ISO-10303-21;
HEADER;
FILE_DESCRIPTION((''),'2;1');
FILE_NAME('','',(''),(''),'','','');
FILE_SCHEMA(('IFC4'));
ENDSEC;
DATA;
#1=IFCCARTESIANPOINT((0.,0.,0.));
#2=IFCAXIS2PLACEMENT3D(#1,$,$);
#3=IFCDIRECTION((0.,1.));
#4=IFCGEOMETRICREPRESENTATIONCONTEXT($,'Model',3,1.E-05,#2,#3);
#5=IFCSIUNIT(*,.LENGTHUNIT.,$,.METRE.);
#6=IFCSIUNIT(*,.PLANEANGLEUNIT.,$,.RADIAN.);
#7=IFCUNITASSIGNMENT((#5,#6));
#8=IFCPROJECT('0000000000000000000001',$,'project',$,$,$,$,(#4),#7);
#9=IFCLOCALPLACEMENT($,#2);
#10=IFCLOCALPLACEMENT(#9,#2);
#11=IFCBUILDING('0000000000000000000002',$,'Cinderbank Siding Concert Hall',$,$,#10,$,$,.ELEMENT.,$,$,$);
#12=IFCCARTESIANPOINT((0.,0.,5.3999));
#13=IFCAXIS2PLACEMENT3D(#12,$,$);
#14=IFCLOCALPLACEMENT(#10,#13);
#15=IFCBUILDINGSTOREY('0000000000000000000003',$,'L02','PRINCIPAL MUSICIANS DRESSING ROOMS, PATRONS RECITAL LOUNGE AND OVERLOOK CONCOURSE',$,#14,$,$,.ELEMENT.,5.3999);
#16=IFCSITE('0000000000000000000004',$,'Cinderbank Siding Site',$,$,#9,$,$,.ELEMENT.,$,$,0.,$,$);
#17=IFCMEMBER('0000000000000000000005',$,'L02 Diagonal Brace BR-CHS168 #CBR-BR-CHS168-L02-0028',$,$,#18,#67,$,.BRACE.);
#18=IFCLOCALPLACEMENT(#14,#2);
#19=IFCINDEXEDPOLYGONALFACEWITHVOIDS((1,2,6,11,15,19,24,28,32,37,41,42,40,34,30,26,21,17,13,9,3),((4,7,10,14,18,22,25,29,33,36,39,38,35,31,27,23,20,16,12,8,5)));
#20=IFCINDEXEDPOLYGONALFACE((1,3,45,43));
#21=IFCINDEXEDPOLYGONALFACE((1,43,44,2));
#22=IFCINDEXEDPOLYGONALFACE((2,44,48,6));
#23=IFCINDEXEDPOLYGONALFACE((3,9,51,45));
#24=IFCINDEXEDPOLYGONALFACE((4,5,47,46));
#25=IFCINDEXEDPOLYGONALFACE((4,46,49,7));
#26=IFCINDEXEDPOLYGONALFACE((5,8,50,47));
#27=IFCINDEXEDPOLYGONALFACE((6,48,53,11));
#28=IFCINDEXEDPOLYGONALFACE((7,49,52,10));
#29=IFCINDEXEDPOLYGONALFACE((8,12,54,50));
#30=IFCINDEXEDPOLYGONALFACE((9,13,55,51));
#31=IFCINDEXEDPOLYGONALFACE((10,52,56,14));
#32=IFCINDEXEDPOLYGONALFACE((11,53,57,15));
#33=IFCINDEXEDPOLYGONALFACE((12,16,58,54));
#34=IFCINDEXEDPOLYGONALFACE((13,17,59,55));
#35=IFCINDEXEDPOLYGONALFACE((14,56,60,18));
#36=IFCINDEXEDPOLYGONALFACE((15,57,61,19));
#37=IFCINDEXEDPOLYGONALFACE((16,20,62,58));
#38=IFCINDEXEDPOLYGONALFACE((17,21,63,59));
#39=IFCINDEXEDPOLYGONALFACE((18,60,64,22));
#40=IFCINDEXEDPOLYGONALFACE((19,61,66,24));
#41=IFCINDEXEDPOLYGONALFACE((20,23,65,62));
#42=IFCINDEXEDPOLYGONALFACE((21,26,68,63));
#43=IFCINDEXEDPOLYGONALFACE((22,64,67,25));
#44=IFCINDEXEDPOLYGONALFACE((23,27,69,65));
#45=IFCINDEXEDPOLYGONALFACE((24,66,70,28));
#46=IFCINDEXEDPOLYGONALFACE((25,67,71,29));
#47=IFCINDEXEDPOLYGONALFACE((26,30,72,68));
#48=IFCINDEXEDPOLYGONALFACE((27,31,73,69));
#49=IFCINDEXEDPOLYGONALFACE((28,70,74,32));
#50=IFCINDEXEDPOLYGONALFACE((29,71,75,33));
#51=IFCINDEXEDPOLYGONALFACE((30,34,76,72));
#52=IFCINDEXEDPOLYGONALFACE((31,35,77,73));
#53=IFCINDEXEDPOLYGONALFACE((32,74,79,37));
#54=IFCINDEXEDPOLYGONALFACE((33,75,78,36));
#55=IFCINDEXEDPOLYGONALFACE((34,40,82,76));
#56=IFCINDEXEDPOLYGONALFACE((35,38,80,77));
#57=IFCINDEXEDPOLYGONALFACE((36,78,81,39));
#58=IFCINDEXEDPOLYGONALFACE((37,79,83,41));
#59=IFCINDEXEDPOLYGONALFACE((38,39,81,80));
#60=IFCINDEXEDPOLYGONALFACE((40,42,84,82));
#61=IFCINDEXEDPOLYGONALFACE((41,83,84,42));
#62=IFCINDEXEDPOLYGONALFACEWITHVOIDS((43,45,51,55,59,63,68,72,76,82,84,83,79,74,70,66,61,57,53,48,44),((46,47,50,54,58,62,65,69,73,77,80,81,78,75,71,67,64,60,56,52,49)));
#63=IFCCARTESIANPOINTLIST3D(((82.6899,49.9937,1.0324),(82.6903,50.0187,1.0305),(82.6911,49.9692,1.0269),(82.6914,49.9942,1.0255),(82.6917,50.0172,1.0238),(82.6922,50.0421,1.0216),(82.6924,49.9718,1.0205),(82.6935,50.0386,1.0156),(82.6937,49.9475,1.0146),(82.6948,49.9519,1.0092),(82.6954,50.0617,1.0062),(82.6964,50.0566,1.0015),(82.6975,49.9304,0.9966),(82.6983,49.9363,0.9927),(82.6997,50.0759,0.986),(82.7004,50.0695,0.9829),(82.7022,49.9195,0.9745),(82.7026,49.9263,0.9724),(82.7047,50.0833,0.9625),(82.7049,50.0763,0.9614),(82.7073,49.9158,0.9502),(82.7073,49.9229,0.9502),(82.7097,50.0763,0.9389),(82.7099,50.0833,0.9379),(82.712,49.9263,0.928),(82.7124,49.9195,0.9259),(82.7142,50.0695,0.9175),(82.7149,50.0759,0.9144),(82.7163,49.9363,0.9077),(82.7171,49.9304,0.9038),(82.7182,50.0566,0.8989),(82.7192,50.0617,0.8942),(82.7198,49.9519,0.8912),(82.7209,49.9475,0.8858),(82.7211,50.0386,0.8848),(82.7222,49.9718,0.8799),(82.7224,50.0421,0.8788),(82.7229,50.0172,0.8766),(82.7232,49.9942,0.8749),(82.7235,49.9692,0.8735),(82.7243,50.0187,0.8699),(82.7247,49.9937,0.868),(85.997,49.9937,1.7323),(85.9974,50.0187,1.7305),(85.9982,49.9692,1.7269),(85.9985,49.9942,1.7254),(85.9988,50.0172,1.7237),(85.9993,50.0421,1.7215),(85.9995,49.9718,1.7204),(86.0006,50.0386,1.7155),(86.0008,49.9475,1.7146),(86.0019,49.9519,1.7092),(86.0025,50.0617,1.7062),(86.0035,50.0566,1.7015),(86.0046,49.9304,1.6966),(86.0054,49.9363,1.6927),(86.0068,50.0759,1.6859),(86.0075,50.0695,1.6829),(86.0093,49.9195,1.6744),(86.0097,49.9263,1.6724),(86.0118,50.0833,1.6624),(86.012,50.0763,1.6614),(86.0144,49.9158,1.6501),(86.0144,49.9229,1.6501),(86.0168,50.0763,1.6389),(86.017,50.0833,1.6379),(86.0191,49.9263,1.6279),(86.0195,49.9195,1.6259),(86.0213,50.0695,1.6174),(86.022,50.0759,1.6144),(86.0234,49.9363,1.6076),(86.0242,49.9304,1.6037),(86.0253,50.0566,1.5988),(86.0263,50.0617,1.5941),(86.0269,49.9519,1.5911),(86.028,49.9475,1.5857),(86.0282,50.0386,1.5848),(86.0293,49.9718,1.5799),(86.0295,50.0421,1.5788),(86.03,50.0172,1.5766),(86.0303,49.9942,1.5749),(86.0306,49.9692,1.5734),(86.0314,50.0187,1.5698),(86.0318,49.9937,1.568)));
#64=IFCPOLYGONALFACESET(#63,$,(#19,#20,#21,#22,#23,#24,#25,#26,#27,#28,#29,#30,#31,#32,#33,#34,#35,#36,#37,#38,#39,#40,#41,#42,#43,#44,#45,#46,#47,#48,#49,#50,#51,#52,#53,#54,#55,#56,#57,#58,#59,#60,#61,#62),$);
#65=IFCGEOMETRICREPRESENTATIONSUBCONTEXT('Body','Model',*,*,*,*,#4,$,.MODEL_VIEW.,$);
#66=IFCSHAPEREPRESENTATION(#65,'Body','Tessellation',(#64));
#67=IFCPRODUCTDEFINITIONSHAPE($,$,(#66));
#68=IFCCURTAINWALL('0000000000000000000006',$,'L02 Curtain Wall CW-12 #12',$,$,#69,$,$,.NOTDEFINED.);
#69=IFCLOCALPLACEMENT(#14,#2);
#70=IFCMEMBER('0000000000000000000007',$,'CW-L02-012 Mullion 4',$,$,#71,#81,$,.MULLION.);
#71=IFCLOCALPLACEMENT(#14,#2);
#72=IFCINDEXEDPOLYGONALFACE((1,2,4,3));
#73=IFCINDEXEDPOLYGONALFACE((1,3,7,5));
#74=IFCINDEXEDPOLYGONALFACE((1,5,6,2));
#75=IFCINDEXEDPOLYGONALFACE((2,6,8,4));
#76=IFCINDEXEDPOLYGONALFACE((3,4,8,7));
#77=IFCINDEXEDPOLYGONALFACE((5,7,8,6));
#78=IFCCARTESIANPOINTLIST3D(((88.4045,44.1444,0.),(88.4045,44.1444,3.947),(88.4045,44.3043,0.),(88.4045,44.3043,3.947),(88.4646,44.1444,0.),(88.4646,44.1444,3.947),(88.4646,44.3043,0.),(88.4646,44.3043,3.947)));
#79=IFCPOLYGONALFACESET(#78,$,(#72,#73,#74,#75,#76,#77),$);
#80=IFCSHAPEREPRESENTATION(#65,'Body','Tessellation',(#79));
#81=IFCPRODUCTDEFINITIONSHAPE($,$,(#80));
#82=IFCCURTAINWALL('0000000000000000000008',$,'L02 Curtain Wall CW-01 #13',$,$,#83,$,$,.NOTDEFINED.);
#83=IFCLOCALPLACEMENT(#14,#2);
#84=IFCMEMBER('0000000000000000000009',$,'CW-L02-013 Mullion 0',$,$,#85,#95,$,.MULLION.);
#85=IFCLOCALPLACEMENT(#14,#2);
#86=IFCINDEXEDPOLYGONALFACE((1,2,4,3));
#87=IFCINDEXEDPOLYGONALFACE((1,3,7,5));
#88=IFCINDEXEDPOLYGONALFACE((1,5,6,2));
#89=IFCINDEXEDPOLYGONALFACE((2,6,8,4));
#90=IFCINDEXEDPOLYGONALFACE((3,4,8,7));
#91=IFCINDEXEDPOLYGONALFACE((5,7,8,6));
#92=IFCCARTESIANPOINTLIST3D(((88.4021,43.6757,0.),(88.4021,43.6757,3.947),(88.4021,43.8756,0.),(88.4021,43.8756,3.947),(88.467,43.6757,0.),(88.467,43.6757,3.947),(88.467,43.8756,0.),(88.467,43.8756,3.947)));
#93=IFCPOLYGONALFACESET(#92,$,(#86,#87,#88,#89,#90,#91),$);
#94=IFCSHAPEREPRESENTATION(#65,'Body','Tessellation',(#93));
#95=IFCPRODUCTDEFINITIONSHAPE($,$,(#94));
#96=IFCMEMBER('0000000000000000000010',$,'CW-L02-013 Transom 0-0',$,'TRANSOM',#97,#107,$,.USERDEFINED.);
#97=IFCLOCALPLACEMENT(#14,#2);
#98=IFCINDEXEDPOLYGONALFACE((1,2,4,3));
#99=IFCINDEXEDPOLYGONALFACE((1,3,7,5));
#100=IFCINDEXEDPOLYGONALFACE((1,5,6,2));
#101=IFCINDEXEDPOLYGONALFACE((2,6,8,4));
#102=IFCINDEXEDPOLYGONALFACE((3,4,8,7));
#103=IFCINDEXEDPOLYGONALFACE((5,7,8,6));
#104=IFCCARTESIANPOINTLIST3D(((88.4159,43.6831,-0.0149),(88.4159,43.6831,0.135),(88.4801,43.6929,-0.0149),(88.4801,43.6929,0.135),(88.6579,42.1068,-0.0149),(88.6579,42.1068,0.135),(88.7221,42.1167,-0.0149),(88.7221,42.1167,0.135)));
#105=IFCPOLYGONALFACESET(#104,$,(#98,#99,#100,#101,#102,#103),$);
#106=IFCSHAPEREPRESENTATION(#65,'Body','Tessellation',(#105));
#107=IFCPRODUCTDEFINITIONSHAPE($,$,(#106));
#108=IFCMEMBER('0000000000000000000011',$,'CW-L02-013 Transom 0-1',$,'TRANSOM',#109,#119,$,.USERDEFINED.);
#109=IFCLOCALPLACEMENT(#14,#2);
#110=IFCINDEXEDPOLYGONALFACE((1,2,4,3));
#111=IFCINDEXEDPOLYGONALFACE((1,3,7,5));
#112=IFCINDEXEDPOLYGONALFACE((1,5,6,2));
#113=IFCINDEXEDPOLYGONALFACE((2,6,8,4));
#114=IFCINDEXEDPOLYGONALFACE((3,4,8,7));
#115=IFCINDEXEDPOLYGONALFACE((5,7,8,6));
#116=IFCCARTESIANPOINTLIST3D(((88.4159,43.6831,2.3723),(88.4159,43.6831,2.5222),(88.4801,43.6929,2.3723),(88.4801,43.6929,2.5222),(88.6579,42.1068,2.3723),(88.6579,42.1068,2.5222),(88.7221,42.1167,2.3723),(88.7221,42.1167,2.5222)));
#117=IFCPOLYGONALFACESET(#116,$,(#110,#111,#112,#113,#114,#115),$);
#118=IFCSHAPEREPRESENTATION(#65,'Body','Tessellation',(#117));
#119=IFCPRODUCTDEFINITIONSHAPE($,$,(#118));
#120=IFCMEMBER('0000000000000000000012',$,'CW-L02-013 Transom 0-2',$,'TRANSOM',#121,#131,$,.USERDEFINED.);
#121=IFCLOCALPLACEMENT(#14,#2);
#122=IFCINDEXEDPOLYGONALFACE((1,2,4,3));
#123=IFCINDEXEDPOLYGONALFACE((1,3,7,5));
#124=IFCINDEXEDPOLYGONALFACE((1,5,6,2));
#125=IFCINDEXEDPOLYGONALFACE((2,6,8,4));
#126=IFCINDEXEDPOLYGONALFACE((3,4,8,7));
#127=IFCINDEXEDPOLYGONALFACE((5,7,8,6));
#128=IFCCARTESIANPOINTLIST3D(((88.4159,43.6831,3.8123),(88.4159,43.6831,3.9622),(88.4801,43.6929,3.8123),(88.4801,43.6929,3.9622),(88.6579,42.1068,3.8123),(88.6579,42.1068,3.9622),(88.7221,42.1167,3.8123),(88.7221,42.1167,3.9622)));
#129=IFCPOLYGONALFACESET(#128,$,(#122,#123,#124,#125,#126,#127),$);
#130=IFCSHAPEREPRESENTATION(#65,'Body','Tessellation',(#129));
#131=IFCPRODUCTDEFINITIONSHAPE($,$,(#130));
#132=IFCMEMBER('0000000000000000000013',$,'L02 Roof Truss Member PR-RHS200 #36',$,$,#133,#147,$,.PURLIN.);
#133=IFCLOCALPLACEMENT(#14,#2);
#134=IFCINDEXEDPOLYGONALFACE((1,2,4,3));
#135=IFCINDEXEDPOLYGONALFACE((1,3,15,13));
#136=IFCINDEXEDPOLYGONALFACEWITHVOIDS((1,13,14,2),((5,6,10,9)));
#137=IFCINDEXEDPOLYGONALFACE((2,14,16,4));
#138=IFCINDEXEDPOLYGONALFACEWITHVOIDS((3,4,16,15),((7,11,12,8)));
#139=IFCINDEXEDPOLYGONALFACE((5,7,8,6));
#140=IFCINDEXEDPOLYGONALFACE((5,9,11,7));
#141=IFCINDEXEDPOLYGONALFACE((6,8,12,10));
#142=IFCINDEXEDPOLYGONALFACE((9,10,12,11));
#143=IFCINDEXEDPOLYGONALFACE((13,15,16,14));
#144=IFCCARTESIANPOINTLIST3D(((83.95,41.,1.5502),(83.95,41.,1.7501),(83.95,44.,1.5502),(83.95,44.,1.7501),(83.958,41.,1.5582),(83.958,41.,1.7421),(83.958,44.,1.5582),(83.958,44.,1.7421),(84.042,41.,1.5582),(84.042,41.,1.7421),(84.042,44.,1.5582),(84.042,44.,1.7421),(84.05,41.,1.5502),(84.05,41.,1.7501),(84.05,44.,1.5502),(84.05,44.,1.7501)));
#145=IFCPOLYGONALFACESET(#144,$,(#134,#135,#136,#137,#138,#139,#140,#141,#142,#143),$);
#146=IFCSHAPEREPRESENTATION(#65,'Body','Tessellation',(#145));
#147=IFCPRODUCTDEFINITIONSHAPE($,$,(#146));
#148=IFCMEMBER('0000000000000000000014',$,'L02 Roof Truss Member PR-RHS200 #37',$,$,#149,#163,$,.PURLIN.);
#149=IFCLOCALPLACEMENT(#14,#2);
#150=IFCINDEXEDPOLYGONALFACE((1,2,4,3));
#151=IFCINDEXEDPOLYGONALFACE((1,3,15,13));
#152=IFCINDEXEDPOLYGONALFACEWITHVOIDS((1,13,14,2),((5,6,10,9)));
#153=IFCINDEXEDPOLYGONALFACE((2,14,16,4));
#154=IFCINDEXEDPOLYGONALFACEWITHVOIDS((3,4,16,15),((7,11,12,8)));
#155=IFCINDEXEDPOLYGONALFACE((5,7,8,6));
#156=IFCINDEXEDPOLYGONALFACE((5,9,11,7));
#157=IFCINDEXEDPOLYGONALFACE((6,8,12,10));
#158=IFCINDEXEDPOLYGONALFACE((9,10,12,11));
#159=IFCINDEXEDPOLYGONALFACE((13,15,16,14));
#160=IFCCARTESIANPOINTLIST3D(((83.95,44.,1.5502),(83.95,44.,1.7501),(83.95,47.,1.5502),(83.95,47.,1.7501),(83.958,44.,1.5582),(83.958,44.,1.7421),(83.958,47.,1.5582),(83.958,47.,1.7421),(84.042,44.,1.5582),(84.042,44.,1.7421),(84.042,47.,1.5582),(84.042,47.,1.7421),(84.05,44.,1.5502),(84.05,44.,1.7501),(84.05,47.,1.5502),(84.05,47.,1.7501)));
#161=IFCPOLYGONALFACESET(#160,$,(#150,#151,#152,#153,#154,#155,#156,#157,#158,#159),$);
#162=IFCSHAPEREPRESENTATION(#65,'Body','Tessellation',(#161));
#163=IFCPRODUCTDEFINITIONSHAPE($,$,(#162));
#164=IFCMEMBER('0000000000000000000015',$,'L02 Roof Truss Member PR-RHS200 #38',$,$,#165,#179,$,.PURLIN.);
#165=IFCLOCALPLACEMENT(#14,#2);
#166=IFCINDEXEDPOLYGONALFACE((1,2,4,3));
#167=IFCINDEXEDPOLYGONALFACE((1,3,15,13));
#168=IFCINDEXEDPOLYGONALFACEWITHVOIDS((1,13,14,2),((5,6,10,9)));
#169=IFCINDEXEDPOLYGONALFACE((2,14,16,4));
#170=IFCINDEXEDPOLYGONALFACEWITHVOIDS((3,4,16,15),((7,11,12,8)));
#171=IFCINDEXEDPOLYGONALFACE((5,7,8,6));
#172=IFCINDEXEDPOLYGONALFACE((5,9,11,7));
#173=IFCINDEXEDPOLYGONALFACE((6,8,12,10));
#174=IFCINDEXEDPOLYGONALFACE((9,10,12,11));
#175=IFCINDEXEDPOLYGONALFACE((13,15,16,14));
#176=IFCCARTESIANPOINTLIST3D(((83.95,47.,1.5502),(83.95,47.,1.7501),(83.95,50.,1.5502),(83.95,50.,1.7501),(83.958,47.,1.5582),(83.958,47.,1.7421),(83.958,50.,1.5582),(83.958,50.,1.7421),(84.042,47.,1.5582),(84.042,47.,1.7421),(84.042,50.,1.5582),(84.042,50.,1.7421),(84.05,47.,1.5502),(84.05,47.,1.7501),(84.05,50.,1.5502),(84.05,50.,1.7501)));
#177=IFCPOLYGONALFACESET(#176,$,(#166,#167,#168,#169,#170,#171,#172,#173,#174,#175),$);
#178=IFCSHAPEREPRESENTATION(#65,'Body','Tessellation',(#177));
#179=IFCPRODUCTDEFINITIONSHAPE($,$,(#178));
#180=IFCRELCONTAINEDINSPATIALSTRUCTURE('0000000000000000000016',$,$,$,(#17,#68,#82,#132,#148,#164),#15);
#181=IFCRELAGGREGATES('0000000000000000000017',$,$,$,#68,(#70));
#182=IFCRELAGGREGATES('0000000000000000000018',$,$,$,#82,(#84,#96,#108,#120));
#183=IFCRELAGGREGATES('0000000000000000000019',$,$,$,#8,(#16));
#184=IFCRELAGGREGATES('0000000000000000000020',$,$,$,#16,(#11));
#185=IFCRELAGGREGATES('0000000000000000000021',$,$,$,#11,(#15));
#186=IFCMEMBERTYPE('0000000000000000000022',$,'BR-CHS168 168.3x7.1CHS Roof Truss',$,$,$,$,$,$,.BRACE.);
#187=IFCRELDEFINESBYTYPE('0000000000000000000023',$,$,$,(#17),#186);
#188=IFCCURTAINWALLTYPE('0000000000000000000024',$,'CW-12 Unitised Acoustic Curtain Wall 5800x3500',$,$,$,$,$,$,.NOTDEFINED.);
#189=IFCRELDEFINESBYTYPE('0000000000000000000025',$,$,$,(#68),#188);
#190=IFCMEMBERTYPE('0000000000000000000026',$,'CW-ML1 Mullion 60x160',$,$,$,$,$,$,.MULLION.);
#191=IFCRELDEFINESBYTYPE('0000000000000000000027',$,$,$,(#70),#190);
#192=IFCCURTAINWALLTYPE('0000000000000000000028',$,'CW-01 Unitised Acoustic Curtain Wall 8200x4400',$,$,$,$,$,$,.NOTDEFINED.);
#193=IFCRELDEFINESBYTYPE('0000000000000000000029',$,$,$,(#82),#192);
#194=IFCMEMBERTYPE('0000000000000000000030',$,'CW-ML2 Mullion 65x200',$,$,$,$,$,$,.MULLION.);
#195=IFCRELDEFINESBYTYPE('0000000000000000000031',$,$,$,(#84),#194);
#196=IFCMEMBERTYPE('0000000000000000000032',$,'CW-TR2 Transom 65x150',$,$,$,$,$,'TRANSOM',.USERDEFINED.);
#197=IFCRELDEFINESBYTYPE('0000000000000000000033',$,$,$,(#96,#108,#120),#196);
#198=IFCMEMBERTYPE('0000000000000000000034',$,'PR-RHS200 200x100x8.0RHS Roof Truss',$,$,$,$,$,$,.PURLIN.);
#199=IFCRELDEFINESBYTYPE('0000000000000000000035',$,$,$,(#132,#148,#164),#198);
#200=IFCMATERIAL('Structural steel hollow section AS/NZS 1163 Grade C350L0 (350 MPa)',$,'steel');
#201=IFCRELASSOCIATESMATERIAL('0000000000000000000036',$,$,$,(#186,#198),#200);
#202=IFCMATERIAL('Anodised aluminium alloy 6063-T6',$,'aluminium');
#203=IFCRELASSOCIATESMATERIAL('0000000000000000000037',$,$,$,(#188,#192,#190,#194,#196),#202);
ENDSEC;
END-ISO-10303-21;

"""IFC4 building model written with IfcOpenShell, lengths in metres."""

from ifc_helpers import new_model, si_unit, direction, frame, origin, origin_2d, place, context, subcontext, project, spatial, rectangle, hollow_rectangle, hollow_circle, extrude, material, material_profile, profile_set, type_object, element, aggregate, save


model = new_model("IFC4")

# Units and contexts
model_context = context("Model", 3, precision=1e-05, world=origin(), true_north=direction((0.0, 1.0)))
body_context = subcontext(model_context, "Body", "Model", "MODEL_VIEW")
ifc_project = project(units=[si_unit("LENGTHUNIT", "METRE"), si_unit("PLANEANGLEUNIT", "RADIAN")], contexts=[model_context])

# Site, building, storey
site_placement = place(None, origin())
site = spatial("IfcSite", under=ifc_project, at=site_placement, Name="Cinderbank Siding Site", CompositionType="ELEMENT", RefElevation=0.0)
building_placement = place(site_placement, origin())
building = spatial("IfcBuilding", under=site, at=building_placement, Name="Cinderbank Siding Concert Hall", CompositionType="ELEMENT")
storey_placement = place(building_placement, frame((0.0, 0.0, 5.3999)))
storey = spatial("IfcBuildingStorey", under=building, at=storey_placement, Name="L02", Description="PRINCIPAL MUSICIANS DRESSING ROOMS, PATRONS RECITAL LOUNGE AND OVERLOOK CONCOURSE", CompositionType="ELEMENT", Elevation=5.3999)

# Shared definitions
ifc_material_1 = material(Name="Structural steel hollow section AS/NZS 1163 Grade C350L0 (350 MPa)", Category="steel")

# Member
ifc_material_profile_1 = material_profile(ifc_material_1, hollow_circle(Radius=0.0842, WallThickness=0.0071, at=origin_2d()), Name="168.3x7.1CHS", Category="LoadBearing")
ifc_profile_set_1 = profile_set([ifc_material_profile_1], Name="Structural steel hollow section AS/NZS 1163 Grade C350L0 (350 MPa)")
member_type_1 = type_object("IfcMemberType", Name="BR-CHS168 168.3x7.1CHS Roof Truss", PredefinedType="BRACE", material=ifc_profile_set_1)
member_1_placement = place(storey_placement, frame((86.0144, 50.0, 1.6501), z_axis=(-0.978328, 0.0, -0.207062), x_axis=(0.0, -1.0, 0.0)))
element("IfcMember", 1, at=member_1_placement, inside=storey, type_object=member_type_1, Name="L02 Diagonal Brace BR-CHS168 #CBR-BR-CHS168-L02-0028", PredefinedType="BRACE", context=body_context, shape_type="SweptSolid", body=[
    extrude(hollow_circle(Radius=0.0842, WallThickness=0.0071, at=origin_2d()), origin(), (0.0, 0.0, 1.0), 3.3804),
])

# Curtain wall, member
ifc_material_2 = material(Name="Anodised aluminium alloy 6063-T6", Category="aluminium")
curtain_wall_type_1 = type_object("IfcCurtainWallType", Name="CW-12 Unitised Acoustic Curtain Wall 5800x3500", PredefinedType="NOTDEFINED", material=ifc_material_2)
curtain_wall_1_placement = place(storey_placement, origin())
curtain_wall_1 = element("IfcCurtainWall", 2, at=curtain_wall_1_placement, inside=storey, type_object=curtain_wall_type_1, Name="L02 Curtain Wall CW-12 #12", PredefinedType="NOTDEFINED")
ifc_material_profile_2 = material_profile(ifc_material_2, rectangle(XDim=0.0601, YDim=0.1599, at=origin_2d()), Name="ALU-MULL-60x160", Category="LoadBearing")
ifc_profile_set_2 = profile_set([ifc_material_profile_2], Name="Anodised aluminium alloy 6063-T6")
member_type_2 = type_object("IfcMemberType", Name="CW-ML1 Mullion 60x160", PredefinedType="MULLION", material=ifc_profile_set_2)
member_2_placement = place(storey_placement, frame((88.4346, 44.2244, 0.0), z_axis=(0.0, 0.0, 1.0), x_axis=(1.0, 0.0, 0.0)))
member_2 = element("IfcMember", 3, at=member_2_placement, type_object=member_type_2, Name="CW-L02-012 Mullion 4", PredefinedType="MULLION", context=body_context, shape_type="SweptSolid", body=[
    extrude(rectangle(XDim=0.0601, YDim=0.1599, at=origin_2d()), origin(), (0.0, 0.0, 1.0), 3.947),
])

# Curtain wall, members
curtain_wall_type_2 = type_object("IfcCurtainWallType", Name="CW-01 Unitised Acoustic Curtain Wall 8200x4400", PredefinedType="NOTDEFINED", material=ifc_material_2)
curtain_wall_2_placement = place(storey_placement, origin())
curtain_wall_2 = element("IfcCurtainWall", 4, at=curtain_wall_2_placement, inside=storey, type_object=curtain_wall_type_2, Name="L02 Curtain Wall CW-01 #13", PredefinedType="NOTDEFINED")
ifc_material_profile_3 = material_profile(ifc_material_2, rectangle(XDim=0.0649, YDim=0.2, at=origin_2d()), Name="ALU-MULL-65x200", Category="LoadBearing")
ifc_profile_set_3 = profile_set([ifc_material_profile_3], Name="Anodised aluminium alloy 6063-T6")
member_type_3 = type_object("IfcMemberType", Name="CW-ML2 Mullion 65x200", PredefinedType="MULLION", material=ifc_profile_set_3)
member_3_placement = place(storey_placement, frame((88.4346, 43.7756, 0.0), z_axis=(0.0, 0.0, 1.0), x_axis=(1.0, 0.0, 0.0)))
member_3 = element("IfcMember", 5, at=member_3_placement, type_object=member_type_3, Name="CW-L02-013 Mullion 0", PredefinedType="MULLION", context=body_context, shape_type="SweptSolid", body=[
    extrude(rectangle(XDim=0.0649, YDim=0.2, at=origin_2d()), origin(), (0.0, 0.0, 1.0), 3.947),
])
ifc_material_profile_4 = material_profile(ifc_material_2, rectangle(XDim=0.0649, YDim=0.1499, at=origin_2d()), Name="ALU-TRAN-65x150", Category="LoadBearing")
ifc_profile_set_4 = profile_set([ifc_material_profile_4], Name="Anodised aluminium alloy 6063-T6")
member_type_4 = type_object("IfcMemberType", Name="CW-TR2 Transom 65x150", ElementType="TRANSOM", PredefinedType="USERDEFINED", material=ifc_profile_set_4)
member_4_placement = place(storey_placement, frame((88.448, 43.688, 0.0601), z_axis=(0.151724, -0.988423, 0.0), x_axis=(0.988423, 0.151724, 0.0)))
member_4 = element("IfcMember", 6, at=member_4_placement, type_object=member_type_4, Name="CW-L02-013 Transom 0-0", ObjectType="TRANSOM", PredefinedType="USERDEFINED", context=body_context, shape_type="SweptSolid", body=[
    extrude(rectangle(XDim=0.0649, YDim=0.1499, at=origin_2d()), origin(), (0.0, 0.0, 1.0), 1.5947),
])
member_5_placement = place(storey_placement, frame((88.448, 43.688, 2.4473), z_axis=(0.151724, -0.988423, 0.0), x_axis=(0.988423, 0.151724, 0.0)))
member_5 = element("IfcMember", 7, at=member_5_placement, type_object=member_type_4, Name="CW-L02-013 Transom 0-1", ObjectType="TRANSOM", PredefinedType="USERDEFINED", context=body_context, shape_type="SweptSolid", body=[
    extrude(rectangle(XDim=0.0649, YDim=0.1499, at=origin_2d()), origin(), (0.0, 0.0, 1.0), 1.5947),
])
member_6_placement = place(storey_placement, frame((88.448, 43.688, 3.8872), z_axis=(0.151724, -0.988423, 0.0), x_axis=(0.988423, 0.151724, 0.0)))
member_6 = element("IfcMember", 8, at=member_6_placement, type_object=member_type_4, Name="CW-L02-013 Transom 0-2", ObjectType="TRANSOM", PredefinedType="USERDEFINED", context=body_context, shape_type="SweptSolid", body=[
    extrude(rectangle(XDim=0.0649, YDim=0.1499, at=origin_2d()), origin(), (0.0, 0.0, 1.0), 1.5947),
])

# Members
ifc_material_profile_5 = material_profile(ifc_material_1, hollow_rectangle(XDim=0.1001, YDim=0.2, WallThickness=0.0081, at=origin_2d()), Name="200x100x8.0RHS", Category="LoadBearing")
ifc_profile_set_5 = profile_set([ifc_material_profile_5], Name="Structural steel hollow section AS/NZS 1163 Grade C350L0 (350 MPa)")
member_type_5 = type_object("IfcMemberType", Name="PR-RHS200 200x100x8.0RHS Roof Truss", PredefinedType="PURLIN", material=ifc_profile_set_5)
for number, where, z_axis, x_axis, name in (
    (9, (84.0, 41.0, 1.6501), (0.0, 1.0, 0.0), (-1.0, 0.0, 0.0), "L02 Roof Truss Member PR-RHS200 #36"),
    (10, (84.0, 44.0, 1.6501), (0.0, 1.0, 0.0), (-1.0, 0.0, 0.0), "L02 Roof Truss Member PR-RHS200 #37"),
    (11, (84.0, 47.0, 1.6501), (0.0, 1.0, 0.0), (-1.0, 0.0, 0.0), "L02 Roof Truss Member PR-RHS200 #38"),
):
    element("IfcMember", number, at=place(storey_placement, frame(where, z_axis=z_axis, x_axis=x_axis)), inside=storey, type_object=member_type_5, Name=name, PredefinedType="PURLIN", context=body_context, shape_type="SweptSolid", body=[
        extrude(hollow_rectangle(XDim=0.1001, YDim=0.2, WallThickness=0.0081, at=origin_2d()), origin(), (0.0, 0.0, 1.0), 3.0),
    ])

aggregate(curtain_wall_1, [member_2])
aggregate(curtain_wall_2, [member_3, member_4, member_5, member_6])

save(model, "model.ifc")
